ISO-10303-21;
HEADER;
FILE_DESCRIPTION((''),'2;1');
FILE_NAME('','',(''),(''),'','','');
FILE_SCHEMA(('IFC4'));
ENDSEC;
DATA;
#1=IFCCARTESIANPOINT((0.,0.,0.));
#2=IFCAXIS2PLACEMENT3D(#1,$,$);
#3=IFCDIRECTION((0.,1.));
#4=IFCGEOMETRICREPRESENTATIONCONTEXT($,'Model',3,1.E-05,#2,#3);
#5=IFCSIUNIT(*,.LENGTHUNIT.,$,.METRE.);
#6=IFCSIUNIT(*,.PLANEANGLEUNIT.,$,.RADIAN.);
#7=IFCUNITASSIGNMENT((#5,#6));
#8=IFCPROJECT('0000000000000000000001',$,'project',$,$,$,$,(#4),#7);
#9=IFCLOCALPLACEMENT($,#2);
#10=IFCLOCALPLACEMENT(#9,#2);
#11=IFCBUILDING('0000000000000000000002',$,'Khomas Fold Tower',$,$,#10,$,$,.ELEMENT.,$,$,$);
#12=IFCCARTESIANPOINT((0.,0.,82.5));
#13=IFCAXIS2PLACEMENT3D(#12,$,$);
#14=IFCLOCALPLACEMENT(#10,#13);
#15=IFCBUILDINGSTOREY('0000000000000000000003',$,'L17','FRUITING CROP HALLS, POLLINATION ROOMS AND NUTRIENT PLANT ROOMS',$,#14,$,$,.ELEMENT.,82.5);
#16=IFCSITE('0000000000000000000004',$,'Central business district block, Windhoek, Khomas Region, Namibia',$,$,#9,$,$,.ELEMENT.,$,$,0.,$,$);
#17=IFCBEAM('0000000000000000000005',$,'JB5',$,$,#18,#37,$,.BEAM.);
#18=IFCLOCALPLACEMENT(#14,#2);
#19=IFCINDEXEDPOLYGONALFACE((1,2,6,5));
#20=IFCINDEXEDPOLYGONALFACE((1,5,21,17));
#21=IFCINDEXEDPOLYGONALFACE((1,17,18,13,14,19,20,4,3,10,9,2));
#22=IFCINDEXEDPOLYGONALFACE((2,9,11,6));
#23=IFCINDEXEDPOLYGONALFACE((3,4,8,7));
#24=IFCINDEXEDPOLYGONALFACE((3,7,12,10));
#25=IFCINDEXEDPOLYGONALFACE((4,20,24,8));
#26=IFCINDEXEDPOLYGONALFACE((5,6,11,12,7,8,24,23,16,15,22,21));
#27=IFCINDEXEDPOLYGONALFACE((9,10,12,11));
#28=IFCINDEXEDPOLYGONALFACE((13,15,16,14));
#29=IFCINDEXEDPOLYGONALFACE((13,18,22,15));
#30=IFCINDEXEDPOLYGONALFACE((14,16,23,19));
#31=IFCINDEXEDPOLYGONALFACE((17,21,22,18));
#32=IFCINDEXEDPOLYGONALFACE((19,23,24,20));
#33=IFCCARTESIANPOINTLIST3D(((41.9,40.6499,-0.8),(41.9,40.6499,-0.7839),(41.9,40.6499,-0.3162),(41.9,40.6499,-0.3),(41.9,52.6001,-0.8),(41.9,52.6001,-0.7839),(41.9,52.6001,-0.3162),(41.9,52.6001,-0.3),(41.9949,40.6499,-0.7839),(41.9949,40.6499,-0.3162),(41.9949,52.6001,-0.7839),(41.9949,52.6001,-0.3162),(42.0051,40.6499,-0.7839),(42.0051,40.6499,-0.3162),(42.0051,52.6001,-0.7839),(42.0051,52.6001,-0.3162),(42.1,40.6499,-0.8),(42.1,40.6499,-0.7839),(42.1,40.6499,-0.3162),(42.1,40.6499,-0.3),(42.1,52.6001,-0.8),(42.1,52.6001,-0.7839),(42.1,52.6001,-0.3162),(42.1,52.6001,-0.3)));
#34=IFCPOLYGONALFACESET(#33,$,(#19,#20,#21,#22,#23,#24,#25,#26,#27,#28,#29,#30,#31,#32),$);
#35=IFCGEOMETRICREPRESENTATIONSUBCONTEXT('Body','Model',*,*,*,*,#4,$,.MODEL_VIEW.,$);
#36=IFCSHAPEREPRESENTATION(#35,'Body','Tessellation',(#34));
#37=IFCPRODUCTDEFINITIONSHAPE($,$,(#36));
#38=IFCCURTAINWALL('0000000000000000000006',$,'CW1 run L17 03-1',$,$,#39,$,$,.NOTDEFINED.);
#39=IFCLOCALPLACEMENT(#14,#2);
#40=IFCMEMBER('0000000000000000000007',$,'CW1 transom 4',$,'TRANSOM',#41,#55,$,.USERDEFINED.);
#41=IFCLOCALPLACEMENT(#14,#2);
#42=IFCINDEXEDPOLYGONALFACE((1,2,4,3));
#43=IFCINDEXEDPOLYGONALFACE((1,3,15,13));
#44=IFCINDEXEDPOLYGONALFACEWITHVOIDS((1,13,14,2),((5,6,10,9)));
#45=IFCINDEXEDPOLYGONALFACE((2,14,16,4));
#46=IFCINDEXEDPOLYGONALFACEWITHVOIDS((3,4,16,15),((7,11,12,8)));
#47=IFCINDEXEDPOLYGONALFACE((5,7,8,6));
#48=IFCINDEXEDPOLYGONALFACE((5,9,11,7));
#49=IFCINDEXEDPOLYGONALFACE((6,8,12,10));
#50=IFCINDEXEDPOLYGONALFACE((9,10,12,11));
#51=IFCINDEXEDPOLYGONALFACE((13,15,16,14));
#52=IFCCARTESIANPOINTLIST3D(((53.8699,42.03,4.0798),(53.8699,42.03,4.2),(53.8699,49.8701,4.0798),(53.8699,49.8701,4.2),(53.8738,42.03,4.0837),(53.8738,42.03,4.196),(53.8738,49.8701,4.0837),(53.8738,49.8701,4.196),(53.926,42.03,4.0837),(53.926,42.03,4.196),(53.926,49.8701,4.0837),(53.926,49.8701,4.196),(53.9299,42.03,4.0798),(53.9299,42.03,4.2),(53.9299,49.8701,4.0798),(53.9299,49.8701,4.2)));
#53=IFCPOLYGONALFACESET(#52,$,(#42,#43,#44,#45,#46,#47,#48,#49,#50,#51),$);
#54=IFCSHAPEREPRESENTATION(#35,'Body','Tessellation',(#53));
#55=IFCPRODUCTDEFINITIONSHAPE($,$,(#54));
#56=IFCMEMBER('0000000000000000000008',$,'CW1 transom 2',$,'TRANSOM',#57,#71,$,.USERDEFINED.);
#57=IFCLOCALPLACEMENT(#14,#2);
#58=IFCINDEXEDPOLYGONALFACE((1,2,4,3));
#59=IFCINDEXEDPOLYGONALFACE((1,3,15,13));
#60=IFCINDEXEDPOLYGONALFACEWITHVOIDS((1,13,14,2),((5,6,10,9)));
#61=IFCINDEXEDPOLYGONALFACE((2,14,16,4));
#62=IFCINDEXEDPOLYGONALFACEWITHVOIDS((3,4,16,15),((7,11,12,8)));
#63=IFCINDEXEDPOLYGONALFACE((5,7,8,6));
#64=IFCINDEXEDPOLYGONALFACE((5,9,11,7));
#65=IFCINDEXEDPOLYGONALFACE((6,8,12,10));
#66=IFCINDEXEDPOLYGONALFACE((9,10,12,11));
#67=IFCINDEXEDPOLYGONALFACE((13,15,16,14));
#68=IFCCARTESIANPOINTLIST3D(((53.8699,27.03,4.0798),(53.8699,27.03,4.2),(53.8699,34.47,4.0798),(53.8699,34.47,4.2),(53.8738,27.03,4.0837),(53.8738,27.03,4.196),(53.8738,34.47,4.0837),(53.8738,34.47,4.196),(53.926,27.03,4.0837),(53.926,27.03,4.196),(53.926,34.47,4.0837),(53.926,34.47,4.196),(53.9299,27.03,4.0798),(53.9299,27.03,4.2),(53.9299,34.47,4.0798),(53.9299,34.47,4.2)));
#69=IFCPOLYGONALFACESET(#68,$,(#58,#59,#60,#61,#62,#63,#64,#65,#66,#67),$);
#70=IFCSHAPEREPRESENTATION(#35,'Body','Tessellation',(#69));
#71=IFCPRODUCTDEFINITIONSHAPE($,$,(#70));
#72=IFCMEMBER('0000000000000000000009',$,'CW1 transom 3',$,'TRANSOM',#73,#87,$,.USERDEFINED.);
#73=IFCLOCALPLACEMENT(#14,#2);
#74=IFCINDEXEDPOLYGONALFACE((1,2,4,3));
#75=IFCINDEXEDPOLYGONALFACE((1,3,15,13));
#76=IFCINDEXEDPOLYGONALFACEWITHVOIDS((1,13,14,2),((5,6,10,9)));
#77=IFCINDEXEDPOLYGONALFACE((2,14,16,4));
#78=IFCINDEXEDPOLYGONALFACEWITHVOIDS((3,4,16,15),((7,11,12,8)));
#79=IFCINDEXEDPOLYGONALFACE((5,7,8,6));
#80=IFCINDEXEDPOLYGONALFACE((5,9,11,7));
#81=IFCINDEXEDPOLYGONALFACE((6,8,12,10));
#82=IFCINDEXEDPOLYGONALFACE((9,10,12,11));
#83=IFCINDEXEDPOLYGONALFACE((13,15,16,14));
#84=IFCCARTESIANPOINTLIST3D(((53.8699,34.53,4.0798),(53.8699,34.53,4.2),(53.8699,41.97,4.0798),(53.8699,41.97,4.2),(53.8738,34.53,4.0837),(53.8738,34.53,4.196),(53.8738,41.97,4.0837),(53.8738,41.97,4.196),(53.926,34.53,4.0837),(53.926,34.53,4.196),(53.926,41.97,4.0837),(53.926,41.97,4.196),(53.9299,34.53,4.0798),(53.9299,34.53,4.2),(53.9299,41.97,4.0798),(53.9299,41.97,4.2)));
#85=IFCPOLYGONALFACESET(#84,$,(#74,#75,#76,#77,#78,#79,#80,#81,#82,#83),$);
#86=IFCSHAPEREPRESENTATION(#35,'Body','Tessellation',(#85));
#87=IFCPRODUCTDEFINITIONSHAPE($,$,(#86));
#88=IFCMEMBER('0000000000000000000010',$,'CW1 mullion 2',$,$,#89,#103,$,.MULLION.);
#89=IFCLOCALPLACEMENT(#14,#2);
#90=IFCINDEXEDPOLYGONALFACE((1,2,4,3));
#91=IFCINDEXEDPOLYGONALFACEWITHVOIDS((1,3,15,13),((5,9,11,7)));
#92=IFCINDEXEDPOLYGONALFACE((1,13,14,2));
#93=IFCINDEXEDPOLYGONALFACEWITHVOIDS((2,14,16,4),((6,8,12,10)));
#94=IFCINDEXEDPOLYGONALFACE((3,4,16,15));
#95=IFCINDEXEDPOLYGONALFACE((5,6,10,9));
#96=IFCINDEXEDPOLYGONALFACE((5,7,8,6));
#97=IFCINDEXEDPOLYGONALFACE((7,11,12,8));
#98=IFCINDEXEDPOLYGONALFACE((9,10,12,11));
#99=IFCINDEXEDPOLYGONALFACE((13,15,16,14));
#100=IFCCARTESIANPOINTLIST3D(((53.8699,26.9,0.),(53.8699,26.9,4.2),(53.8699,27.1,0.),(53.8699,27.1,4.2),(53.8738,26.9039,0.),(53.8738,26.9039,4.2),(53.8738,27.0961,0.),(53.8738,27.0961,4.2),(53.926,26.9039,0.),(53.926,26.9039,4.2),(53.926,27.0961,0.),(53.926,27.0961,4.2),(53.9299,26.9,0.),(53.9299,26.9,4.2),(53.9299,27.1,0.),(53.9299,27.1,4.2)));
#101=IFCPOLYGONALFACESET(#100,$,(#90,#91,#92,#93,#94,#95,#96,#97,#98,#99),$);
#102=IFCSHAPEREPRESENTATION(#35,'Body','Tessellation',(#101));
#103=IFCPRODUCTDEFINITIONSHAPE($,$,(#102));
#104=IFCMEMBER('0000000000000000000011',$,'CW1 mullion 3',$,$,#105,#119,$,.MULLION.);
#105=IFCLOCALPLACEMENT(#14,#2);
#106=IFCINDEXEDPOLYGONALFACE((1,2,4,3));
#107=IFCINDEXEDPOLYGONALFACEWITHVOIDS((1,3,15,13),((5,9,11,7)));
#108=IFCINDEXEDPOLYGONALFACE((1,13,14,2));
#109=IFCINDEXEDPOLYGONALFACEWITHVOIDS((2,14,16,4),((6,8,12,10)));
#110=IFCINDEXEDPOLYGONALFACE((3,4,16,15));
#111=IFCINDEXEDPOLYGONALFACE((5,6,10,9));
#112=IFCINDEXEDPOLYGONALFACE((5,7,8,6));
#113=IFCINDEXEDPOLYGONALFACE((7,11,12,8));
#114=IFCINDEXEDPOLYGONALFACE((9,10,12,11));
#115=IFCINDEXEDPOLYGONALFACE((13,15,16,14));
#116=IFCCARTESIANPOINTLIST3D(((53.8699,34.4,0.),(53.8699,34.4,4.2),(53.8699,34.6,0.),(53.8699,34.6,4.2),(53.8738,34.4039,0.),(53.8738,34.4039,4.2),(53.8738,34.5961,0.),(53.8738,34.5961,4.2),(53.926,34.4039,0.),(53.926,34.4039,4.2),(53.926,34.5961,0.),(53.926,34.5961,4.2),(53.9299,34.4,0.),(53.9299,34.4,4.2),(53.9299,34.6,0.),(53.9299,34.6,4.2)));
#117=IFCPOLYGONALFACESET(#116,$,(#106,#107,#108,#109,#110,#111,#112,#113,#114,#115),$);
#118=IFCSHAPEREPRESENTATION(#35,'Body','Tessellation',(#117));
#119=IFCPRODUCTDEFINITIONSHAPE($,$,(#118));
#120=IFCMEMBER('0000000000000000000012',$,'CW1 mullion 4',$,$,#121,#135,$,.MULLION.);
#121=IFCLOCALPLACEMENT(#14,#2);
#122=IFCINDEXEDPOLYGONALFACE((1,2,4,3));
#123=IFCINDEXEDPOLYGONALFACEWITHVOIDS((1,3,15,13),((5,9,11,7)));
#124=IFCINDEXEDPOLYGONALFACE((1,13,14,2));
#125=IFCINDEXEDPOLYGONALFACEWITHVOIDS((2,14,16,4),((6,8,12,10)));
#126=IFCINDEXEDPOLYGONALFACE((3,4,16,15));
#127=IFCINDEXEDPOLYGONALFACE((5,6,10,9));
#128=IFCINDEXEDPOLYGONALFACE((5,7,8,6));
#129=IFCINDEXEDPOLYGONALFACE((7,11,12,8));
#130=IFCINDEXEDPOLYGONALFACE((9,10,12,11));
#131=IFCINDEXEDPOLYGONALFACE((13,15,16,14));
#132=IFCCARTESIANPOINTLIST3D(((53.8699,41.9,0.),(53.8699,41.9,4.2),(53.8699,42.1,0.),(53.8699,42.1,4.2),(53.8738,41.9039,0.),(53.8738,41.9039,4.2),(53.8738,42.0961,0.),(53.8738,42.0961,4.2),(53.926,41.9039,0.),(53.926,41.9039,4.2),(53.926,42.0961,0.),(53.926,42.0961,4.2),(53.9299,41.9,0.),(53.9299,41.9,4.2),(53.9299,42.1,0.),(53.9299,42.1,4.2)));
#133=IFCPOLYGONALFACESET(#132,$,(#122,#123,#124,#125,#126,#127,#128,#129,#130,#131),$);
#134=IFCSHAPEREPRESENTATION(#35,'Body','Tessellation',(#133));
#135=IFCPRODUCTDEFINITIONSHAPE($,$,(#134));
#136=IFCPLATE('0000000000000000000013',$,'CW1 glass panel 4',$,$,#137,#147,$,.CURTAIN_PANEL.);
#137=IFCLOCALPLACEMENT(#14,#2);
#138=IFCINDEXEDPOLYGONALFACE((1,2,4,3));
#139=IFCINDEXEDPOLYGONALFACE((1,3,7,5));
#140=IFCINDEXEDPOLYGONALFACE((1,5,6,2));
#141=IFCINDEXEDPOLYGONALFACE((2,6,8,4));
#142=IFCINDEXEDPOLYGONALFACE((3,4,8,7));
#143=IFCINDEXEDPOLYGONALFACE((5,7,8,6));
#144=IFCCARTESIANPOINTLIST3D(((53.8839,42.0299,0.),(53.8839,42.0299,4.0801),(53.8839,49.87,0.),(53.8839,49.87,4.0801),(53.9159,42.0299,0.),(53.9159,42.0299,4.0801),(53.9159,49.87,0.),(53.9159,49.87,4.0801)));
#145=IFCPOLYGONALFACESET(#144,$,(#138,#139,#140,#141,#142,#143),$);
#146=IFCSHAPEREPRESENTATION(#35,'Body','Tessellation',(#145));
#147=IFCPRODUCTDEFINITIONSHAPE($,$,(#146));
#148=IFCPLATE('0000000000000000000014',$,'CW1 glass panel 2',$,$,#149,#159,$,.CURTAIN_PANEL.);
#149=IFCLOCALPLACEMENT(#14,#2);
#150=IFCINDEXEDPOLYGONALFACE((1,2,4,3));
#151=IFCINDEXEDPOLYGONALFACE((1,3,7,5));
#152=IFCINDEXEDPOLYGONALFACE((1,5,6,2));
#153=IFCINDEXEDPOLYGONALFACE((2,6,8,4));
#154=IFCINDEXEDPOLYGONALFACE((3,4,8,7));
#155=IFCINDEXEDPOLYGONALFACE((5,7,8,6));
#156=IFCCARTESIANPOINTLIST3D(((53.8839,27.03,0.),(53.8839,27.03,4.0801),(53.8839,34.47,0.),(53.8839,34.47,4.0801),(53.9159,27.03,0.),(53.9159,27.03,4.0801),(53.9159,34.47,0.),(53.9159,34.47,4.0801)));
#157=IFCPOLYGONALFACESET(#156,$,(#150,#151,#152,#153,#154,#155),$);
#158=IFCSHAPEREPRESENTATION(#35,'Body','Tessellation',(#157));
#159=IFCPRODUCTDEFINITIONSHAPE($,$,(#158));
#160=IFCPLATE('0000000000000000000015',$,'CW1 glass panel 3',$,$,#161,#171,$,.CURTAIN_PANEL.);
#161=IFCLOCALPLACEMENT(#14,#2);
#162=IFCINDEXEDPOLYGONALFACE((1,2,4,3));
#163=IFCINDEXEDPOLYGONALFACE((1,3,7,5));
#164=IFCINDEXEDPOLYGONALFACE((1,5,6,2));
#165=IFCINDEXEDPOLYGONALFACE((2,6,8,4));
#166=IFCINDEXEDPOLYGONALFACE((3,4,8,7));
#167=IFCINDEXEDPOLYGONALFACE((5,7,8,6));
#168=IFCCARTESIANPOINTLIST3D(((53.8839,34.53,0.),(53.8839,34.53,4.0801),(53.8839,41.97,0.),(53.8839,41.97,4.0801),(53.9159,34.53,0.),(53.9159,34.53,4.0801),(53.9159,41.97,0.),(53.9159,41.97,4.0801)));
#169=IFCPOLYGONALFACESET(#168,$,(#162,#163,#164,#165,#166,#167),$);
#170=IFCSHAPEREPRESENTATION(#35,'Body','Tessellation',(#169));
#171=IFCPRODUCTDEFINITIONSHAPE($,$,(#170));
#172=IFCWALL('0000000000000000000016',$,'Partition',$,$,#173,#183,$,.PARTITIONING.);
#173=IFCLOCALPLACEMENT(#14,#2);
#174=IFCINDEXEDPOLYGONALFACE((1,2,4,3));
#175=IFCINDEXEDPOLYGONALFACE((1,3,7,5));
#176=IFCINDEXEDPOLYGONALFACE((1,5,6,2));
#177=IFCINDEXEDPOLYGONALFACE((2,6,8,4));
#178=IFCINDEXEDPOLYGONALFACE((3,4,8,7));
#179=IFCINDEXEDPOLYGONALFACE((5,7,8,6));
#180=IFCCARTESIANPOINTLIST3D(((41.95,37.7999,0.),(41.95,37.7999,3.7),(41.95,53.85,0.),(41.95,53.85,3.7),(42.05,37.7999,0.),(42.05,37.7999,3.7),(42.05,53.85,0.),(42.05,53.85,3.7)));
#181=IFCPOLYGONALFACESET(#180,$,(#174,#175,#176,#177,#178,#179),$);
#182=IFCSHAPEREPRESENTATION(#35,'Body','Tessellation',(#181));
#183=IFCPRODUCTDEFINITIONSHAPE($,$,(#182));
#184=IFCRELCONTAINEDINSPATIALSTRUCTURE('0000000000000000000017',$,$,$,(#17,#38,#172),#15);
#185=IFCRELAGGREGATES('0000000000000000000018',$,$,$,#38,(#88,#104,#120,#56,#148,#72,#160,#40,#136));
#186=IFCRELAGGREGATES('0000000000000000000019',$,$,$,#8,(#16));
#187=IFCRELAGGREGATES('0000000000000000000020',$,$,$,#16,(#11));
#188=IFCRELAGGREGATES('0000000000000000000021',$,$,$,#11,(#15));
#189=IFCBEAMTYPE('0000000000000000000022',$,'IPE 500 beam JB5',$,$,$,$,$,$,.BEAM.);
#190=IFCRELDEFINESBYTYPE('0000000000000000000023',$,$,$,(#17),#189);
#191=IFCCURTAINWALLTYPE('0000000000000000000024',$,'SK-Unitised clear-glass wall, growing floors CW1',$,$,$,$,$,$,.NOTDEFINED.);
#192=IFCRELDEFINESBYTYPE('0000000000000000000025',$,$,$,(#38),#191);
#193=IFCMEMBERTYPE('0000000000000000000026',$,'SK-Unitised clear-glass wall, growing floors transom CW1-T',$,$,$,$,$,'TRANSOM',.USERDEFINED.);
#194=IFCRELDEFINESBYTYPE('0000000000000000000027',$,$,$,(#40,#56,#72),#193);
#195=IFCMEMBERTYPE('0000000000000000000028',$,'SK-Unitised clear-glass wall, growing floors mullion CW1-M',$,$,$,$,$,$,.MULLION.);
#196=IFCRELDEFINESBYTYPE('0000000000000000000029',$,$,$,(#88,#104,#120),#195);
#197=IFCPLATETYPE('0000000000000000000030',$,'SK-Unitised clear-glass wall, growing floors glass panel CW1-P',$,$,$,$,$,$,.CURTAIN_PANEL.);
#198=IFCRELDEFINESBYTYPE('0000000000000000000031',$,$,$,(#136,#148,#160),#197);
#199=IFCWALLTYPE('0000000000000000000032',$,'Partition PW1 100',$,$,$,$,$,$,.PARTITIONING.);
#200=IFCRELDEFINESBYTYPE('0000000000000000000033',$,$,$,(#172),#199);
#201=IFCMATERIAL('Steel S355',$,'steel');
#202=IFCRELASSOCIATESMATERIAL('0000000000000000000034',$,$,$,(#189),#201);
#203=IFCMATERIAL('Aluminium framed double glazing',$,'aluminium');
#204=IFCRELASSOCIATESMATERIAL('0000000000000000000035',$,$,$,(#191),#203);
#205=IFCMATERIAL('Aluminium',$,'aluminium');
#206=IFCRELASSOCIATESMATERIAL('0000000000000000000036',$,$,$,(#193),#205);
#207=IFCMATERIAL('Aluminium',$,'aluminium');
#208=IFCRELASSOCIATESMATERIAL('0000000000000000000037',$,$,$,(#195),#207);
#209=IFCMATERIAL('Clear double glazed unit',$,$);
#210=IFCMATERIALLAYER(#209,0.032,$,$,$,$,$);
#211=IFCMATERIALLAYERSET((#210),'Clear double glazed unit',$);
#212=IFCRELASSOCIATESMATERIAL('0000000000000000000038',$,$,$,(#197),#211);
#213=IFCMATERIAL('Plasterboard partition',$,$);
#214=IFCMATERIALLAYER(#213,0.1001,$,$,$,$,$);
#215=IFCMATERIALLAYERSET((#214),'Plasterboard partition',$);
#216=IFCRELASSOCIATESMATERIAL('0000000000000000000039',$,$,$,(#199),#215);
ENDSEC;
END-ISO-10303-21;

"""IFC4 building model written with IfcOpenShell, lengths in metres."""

from ifc_helpers import new_model, si_unit, direction, frame, frame_2d, origin, origin_2d, place, context, subcontext, project, spatial, rectangle, hollow_rectangle, i_section, extrude, source, transform, mapped, material, layer, layer_set, material_profile, profile_set, type_object, element, aggregate, save


model = new_model("IFC4")

# Units and contexts
model_context = context("Model", 3, precision=1e-05, world=origin(), true_north=direction((0.0, 1.0)))
body_context = subcontext(model_context, "Body", "Model", "MODEL_VIEW")
ifc_project = project(units=[si_unit("LENGTHUNIT", "METRE"), si_unit("PLANEANGLEUNIT", "RADIAN")], contexts=[model_context])

# Site, building, storey
site_placement = place(None, origin())
site = spatial("IfcSite", under=ifc_project, at=site_placement, Name="Central business district block, Windhoek, Khomas Region, Namibia", CompositionType="ELEMENT", RefElevation=0.0)
building_placement = place(site_placement, origin())
building = spatial("IfcBuilding", under=site, at=building_placement, Name="Khomas Fold Tower", CompositionType="ELEMENT")
storey_placement = place(building_placement, frame((0.0, 0.0, 82.5)))
storey = spatial("IfcBuildingStorey", under=building, at=storey_placement, Name="L17", Description="FRUITING CROP HALLS, POLLINATION ROOMS AND NUTRIENT PLANT ROOMS", CompositionType="ELEMENT", Elevation=82.5)

# Beam
ifc_material_1 = material(Name="Steel S355", Category="steel")
ifc_material_profile_1 = material_profile(ifc_material_1, i_section(OverallWidth=0.2, OverallDepth=0.5, WebThickness=0.0103, FlangeThickness=0.0161, at=origin_2d()), Name="IPE 500")
ifc_profile_set_1 = profile_set([ifc_material_profile_1], Name="Steel S355")
beam_type_1 = type_object("IfcBeamType", Name="IPE 500 beam JB5", PredefinedType="BEAM", material=ifc_profile_set_1)
shared_shape_1 = source(origin(), body_context, "Body", "SweptSolid", [
    extrude(i_section(OverallWidth=0.2, OverallDepth=0.5, WebThickness=0.0103, FlangeThickness=0.0161, at=origin_2d()), origin(), (0.0, 0.0, 1.0), 11.9502),
])
beam_1_placement = place(storey_placement, frame((42.0, 40.6499, -0.55), z_axis=(0.0, 1.0, 0.0), x_axis=(-1.0, 0.0, 0.0)))
element("IfcBeam", 1, at=beam_1_placement, inside=storey, type_object=beam_type_1, Name="JB5", PredefinedType="BEAM", context=body_context, shape_type="MappedRepresentation", body=[
    mapped(shared_shape_1, transform((0.0, 0.0, 0.0))),
])

# Curtain wall, members, plates
ifc_material_2 = material(Name="Aluminium framed double glazing", Category="aluminium")
curtain_wall_type = type_object("IfcCurtainWallType", Name="SK-Unitised clear-glass wall, growing floors CW1", PredefinedType="NOTDEFINED", material=ifc_material_2)
curtain_wall_placement = place(storey_placement, origin())
curtain_wall = element("IfcCurtainWall", 2, at=curtain_wall_placement, inside=storey, type_object=curtain_wall_type, Name="CW1 run L17 03-1", PredefinedType="NOTDEFINED")
ifc_material_3 = material(Name="Aluminium", Category="aluminium")
ifc_material_profile_2 = material_profile(ifc_material_3, hollow_rectangle(XDim=0.0601, YDim=0.1201, WallThickness=0.0039, at=origin_2d()), Name="SK-Unitised clear-glass wall, growing floors transom CW1-T")
ifc_profile_set_2 = profile_set([ifc_material_profile_2], Name="Aluminium")
member_type_1 = type_object("IfcMemberType", Name="SK-Unitised clear-glass wall, growing floors transom CW1-T", ElementType="TRANSOM", PredefinedType="USERDEFINED", material=ifc_profile_set_2)
shared_shape_2 = source(origin(), body_context, "Body", "SweptSolid", [
    extrude(hollow_rectangle(XDim=0.0601, YDim=0.1201, WallThickness=0.0039, at=origin_2d()), origin(), (0.0, 0.0, 1.0), 7.8401),
])
member_1_placement = place(storey_placement, frame((53.8999, 42.03, 4.1399), z_axis=(0.0, 1.0, 0.0), x_axis=(-1.0, 0.0, 0.0)))
member_1 = element("IfcMember", 3, at=member_1_placement, type_object=member_type_1, Name="CW1 transom 4", ObjectType="TRANSOM", PredefinedType="USERDEFINED", context=body_context, shape_type="MappedRepresentation", body=[
    mapped(shared_shape_2, transform((0.0, 0.0, 0.0))),
])
shared_shape_3 = source(origin(), body_context, "Body", "SweptSolid", [
    extrude(hollow_rectangle(XDim=0.0601, YDim=0.1201, WallThickness=0.0039, at=origin_2d()), origin(), (0.0, 0.0, 1.0), 7.4399),
])
member_2_placement = place(storey_placement, frame((53.8999, 27.03, 4.1399), z_axis=(0.0, 1.0, 0.0), x_axis=(-1.0, 0.0, 0.0)))
member_2 = element("IfcMember", 4, at=member_2_placement, type_object=member_type_1, Name="CW1 transom 2", ObjectType="TRANSOM", PredefinedType="USERDEFINED", context=body_context, shape_type="MappedRepresentation", body=[
    mapped(shared_shape_3, transform((0.0, 0.0, 0.0))),
])
member_3_placement = place(storey_placement, frame((53.8999, 34.53, 4.1399), z_axis=(0.0, 1.0, 0.0), x_axis=(-1.0, 0.0, 0.0)))
member_3 = element("IfcMember", 5, at=member_3_placement, type_object=member_type_1, Name="CW1 transom 3", ObjectType="TRANSOM", PredefinedType="USERDEFINED", context=body_context, shape_type="MappedRepresentation", body=[
    mapped(shared_shape_3, transform((0.0, 0.0, 0.0))),
])
ifc_material_4 = material(Name="Aluminium", Category="aluminium")
ifc_material_profile_3 = material_profile(ifc_material_4, hollow_rectangle(XDim=0.0601, YDim=0.2, WallThickness=0.0039, at=origin_2d()), Name="SK-Unitised clear-glass wall, growing floors mullion CW1-M")
ifc_profile_set_3 = profile_set([ifc_material_profile_3], Name="Aluminium")
member_type_2 = type_object("IfcMemberType", Name="SK-Unitised clear-glass wall, growing floors mullion CW1-M", PredefinedType="MULLION", material=ifc_profile_set_3)
shared_shape_4 = source(origin(), body_context, "Body", "SweptSolid", [
    extrude(hollow_rectangle(XDim=0.0601, YDim=0.2, WallThickness=0.0039, at=origin_2d()), origin(), (0.0, 0.0, 1.0), 4.2),
])
member_4_placement = place(storey_placement, frame((53.8999, 27.0, 0.0), z_axis=(0.0, 0.0, 1.0), x_axis=(-1.0, 0.0, 0.0)))
member_4 = element("IfcMember", 6, at=member_4_placement, type_object=member_type_2, Name="CW1 mullion 2", PredefinedType="MULLION", context=body_context, shape_type="MappedRepresentation", body=[
    mapped(shared_shape_4, transform((0.0, 0.0, 0.0))),
])
member_5_placement = place(storey_placement, frame((53.8999, 34.5, 0.0), z_axis=(0.0, 0.0, 1.0), x_axis=(-1.0, 0.0, 0.0)))
member_5 = element("IfcMember", 7, at=member_5_placement, type_object=member_type_2, Name="CW1 mullion 3", PredefinedType="MULLION", context=body_context, shape_type="MappedRepresentation", body=[
    mapped(shared_shape_4, transform((0.0, 0.0, 0.0))),
])
member_6_placement = place(storey_placement, frame((53.8999, 42.0, 0.0), z_axis=(0.0, 0.0, 1.0), x_axis=(-1.0, 0.0, 0.0)))
member_6 = element("IfcMember", 8, at=member_6_placement, type_object=member_type_2, Name="CW1 mullion 4", PredefinedType="MULLION", context=body_context, shape_type="MappedRepresentation", body=[
    mapped(shared_shape_4, transform((0.0, 0.0, 0.0))),
])
ifc_material_5 = material(Name="Clear double glazed unit")
ifc_layer_1 = layer(ifc_material_5, 0.032)
ifc_layer_set_1 = layer_set([ifc_layer_1], Name="Clear double glazed unit")
plate_type = type_object("IfcPlateType", Name="SK-Unitised clear-glass wall, growing floors glass panel CW1-P", PredefinedType="CURTAIN_PANEL", material=ifc_layer_set_1)
shared_shape_5 = source(origin(), body_context, "Body", "SweptSolid", [
    extrude(rectangle(XDim=7.8401, YDim=0.032, at=origin_2d()), origin(), (0.0, 0.0, 1.0), 4.0801),
])
plate_1_placement = place(storey_placement, frame((53.8999, 45.95, 0.0), z_axis=(0.0, 0.0, 1.0), x_axis=(0.0, 1.0, 0.0)))
plate_1 = element("IfcPlate", 9, at=plate_1_placement, type_object=plate_type, Name="CW1 glass panel 4", PredefinedType="CURTAIN_PANEL", context=body_context, shape_type="MappedRepresentation", body=[
    mapped(shared_shape_5, transform((0.0, 0.0, 0.0))),
])
shared_shape_6 = source(origin(), body_context, "Body", "SweptSolid", [
    extrude(rectangle(XDim=7.4399, YDim=0.032, at=origin_2d()), origin(), (0.0, 0.0, 1.0), 4.0801),
])
plate_2_placement = place(storey_placement, frame((53.8999, 30.75, 0.0), z_axis=(0.0, 0.0, 1.0), x_axis=(0.0, 1.0, 0.0)))
plate_2 = element("IfcPlate", 10, at=plate_2_placement, type_object=plate_type, Name="CW1 glass panel 2", PredefinedType="CURTAIN_PANEL", context=body_context, shape_type="MappedRepresentation", body=[
    mapped(shared_shape_6, transform((0.0, 0.0, 0.0))),
])
plate_3_placement = place(storey_placement, frame((53.8999, 38.25, 0.0), z_axis=(0.0, 0.0, 1.0), x_axis=(0.0, 1.0, 0.0)))
plate_3 = element("IfcPlate", 11, at=plate_3_placement, type_object=plate_type, Name="CW1 glass panel 3", PredefinedType="CURTAIN_PANEL", context=body_context, shape_type="MappedRepresentation", body=[
    mapped(shared_shape_6, transform((0.0, 0.0, 0.0))),
])
aggregate(curtain_wall, [member_4, member_5, member_6, member_2, plate_2, member_3, plate_3, member_1, plate_1])

# Wall
ifc_material_6 = material(Name="Plasterboard partition")
ifc_layer_2 = layer(ifc_material_6, 0.1001)
ifc_layer_set_2 = layer_set([ifc_layer_2], Name="Plasterboard partition")
wall_type = type_object("IfcWallType", Name="Partition PW1 100", PredefinedType="PARTITIONING", material=ifc_layer_set_2)
shared_shape_7 = source(origin(), body_context, "Body", "SweptSolid", [
    extrude(rectangle(XDim=16.05, YDim=0.1001, at=frame_2d((8.0249, 0.0))), origin(), (0.0, 0.0, 1.0), 3.7),
])
wall_placement = place(storey_placement, frame((42.0, 37.8, 0.0), z_axis=(0.0, 0.0, 1.0), x_axis=(0.0, 1.0, 0.0)))
element("IfcWall", 12, at=wall_placement, inside=storey, type_object=wall_type, Name="Partition", PredefinedType="PARTITIONING", context=body_context, shape_type="MappedRepresentation", body=[
    mapped(shared_shape_7, transform((0.0, 0.0, 0.0))),
])

save(model, "model.ifc")
